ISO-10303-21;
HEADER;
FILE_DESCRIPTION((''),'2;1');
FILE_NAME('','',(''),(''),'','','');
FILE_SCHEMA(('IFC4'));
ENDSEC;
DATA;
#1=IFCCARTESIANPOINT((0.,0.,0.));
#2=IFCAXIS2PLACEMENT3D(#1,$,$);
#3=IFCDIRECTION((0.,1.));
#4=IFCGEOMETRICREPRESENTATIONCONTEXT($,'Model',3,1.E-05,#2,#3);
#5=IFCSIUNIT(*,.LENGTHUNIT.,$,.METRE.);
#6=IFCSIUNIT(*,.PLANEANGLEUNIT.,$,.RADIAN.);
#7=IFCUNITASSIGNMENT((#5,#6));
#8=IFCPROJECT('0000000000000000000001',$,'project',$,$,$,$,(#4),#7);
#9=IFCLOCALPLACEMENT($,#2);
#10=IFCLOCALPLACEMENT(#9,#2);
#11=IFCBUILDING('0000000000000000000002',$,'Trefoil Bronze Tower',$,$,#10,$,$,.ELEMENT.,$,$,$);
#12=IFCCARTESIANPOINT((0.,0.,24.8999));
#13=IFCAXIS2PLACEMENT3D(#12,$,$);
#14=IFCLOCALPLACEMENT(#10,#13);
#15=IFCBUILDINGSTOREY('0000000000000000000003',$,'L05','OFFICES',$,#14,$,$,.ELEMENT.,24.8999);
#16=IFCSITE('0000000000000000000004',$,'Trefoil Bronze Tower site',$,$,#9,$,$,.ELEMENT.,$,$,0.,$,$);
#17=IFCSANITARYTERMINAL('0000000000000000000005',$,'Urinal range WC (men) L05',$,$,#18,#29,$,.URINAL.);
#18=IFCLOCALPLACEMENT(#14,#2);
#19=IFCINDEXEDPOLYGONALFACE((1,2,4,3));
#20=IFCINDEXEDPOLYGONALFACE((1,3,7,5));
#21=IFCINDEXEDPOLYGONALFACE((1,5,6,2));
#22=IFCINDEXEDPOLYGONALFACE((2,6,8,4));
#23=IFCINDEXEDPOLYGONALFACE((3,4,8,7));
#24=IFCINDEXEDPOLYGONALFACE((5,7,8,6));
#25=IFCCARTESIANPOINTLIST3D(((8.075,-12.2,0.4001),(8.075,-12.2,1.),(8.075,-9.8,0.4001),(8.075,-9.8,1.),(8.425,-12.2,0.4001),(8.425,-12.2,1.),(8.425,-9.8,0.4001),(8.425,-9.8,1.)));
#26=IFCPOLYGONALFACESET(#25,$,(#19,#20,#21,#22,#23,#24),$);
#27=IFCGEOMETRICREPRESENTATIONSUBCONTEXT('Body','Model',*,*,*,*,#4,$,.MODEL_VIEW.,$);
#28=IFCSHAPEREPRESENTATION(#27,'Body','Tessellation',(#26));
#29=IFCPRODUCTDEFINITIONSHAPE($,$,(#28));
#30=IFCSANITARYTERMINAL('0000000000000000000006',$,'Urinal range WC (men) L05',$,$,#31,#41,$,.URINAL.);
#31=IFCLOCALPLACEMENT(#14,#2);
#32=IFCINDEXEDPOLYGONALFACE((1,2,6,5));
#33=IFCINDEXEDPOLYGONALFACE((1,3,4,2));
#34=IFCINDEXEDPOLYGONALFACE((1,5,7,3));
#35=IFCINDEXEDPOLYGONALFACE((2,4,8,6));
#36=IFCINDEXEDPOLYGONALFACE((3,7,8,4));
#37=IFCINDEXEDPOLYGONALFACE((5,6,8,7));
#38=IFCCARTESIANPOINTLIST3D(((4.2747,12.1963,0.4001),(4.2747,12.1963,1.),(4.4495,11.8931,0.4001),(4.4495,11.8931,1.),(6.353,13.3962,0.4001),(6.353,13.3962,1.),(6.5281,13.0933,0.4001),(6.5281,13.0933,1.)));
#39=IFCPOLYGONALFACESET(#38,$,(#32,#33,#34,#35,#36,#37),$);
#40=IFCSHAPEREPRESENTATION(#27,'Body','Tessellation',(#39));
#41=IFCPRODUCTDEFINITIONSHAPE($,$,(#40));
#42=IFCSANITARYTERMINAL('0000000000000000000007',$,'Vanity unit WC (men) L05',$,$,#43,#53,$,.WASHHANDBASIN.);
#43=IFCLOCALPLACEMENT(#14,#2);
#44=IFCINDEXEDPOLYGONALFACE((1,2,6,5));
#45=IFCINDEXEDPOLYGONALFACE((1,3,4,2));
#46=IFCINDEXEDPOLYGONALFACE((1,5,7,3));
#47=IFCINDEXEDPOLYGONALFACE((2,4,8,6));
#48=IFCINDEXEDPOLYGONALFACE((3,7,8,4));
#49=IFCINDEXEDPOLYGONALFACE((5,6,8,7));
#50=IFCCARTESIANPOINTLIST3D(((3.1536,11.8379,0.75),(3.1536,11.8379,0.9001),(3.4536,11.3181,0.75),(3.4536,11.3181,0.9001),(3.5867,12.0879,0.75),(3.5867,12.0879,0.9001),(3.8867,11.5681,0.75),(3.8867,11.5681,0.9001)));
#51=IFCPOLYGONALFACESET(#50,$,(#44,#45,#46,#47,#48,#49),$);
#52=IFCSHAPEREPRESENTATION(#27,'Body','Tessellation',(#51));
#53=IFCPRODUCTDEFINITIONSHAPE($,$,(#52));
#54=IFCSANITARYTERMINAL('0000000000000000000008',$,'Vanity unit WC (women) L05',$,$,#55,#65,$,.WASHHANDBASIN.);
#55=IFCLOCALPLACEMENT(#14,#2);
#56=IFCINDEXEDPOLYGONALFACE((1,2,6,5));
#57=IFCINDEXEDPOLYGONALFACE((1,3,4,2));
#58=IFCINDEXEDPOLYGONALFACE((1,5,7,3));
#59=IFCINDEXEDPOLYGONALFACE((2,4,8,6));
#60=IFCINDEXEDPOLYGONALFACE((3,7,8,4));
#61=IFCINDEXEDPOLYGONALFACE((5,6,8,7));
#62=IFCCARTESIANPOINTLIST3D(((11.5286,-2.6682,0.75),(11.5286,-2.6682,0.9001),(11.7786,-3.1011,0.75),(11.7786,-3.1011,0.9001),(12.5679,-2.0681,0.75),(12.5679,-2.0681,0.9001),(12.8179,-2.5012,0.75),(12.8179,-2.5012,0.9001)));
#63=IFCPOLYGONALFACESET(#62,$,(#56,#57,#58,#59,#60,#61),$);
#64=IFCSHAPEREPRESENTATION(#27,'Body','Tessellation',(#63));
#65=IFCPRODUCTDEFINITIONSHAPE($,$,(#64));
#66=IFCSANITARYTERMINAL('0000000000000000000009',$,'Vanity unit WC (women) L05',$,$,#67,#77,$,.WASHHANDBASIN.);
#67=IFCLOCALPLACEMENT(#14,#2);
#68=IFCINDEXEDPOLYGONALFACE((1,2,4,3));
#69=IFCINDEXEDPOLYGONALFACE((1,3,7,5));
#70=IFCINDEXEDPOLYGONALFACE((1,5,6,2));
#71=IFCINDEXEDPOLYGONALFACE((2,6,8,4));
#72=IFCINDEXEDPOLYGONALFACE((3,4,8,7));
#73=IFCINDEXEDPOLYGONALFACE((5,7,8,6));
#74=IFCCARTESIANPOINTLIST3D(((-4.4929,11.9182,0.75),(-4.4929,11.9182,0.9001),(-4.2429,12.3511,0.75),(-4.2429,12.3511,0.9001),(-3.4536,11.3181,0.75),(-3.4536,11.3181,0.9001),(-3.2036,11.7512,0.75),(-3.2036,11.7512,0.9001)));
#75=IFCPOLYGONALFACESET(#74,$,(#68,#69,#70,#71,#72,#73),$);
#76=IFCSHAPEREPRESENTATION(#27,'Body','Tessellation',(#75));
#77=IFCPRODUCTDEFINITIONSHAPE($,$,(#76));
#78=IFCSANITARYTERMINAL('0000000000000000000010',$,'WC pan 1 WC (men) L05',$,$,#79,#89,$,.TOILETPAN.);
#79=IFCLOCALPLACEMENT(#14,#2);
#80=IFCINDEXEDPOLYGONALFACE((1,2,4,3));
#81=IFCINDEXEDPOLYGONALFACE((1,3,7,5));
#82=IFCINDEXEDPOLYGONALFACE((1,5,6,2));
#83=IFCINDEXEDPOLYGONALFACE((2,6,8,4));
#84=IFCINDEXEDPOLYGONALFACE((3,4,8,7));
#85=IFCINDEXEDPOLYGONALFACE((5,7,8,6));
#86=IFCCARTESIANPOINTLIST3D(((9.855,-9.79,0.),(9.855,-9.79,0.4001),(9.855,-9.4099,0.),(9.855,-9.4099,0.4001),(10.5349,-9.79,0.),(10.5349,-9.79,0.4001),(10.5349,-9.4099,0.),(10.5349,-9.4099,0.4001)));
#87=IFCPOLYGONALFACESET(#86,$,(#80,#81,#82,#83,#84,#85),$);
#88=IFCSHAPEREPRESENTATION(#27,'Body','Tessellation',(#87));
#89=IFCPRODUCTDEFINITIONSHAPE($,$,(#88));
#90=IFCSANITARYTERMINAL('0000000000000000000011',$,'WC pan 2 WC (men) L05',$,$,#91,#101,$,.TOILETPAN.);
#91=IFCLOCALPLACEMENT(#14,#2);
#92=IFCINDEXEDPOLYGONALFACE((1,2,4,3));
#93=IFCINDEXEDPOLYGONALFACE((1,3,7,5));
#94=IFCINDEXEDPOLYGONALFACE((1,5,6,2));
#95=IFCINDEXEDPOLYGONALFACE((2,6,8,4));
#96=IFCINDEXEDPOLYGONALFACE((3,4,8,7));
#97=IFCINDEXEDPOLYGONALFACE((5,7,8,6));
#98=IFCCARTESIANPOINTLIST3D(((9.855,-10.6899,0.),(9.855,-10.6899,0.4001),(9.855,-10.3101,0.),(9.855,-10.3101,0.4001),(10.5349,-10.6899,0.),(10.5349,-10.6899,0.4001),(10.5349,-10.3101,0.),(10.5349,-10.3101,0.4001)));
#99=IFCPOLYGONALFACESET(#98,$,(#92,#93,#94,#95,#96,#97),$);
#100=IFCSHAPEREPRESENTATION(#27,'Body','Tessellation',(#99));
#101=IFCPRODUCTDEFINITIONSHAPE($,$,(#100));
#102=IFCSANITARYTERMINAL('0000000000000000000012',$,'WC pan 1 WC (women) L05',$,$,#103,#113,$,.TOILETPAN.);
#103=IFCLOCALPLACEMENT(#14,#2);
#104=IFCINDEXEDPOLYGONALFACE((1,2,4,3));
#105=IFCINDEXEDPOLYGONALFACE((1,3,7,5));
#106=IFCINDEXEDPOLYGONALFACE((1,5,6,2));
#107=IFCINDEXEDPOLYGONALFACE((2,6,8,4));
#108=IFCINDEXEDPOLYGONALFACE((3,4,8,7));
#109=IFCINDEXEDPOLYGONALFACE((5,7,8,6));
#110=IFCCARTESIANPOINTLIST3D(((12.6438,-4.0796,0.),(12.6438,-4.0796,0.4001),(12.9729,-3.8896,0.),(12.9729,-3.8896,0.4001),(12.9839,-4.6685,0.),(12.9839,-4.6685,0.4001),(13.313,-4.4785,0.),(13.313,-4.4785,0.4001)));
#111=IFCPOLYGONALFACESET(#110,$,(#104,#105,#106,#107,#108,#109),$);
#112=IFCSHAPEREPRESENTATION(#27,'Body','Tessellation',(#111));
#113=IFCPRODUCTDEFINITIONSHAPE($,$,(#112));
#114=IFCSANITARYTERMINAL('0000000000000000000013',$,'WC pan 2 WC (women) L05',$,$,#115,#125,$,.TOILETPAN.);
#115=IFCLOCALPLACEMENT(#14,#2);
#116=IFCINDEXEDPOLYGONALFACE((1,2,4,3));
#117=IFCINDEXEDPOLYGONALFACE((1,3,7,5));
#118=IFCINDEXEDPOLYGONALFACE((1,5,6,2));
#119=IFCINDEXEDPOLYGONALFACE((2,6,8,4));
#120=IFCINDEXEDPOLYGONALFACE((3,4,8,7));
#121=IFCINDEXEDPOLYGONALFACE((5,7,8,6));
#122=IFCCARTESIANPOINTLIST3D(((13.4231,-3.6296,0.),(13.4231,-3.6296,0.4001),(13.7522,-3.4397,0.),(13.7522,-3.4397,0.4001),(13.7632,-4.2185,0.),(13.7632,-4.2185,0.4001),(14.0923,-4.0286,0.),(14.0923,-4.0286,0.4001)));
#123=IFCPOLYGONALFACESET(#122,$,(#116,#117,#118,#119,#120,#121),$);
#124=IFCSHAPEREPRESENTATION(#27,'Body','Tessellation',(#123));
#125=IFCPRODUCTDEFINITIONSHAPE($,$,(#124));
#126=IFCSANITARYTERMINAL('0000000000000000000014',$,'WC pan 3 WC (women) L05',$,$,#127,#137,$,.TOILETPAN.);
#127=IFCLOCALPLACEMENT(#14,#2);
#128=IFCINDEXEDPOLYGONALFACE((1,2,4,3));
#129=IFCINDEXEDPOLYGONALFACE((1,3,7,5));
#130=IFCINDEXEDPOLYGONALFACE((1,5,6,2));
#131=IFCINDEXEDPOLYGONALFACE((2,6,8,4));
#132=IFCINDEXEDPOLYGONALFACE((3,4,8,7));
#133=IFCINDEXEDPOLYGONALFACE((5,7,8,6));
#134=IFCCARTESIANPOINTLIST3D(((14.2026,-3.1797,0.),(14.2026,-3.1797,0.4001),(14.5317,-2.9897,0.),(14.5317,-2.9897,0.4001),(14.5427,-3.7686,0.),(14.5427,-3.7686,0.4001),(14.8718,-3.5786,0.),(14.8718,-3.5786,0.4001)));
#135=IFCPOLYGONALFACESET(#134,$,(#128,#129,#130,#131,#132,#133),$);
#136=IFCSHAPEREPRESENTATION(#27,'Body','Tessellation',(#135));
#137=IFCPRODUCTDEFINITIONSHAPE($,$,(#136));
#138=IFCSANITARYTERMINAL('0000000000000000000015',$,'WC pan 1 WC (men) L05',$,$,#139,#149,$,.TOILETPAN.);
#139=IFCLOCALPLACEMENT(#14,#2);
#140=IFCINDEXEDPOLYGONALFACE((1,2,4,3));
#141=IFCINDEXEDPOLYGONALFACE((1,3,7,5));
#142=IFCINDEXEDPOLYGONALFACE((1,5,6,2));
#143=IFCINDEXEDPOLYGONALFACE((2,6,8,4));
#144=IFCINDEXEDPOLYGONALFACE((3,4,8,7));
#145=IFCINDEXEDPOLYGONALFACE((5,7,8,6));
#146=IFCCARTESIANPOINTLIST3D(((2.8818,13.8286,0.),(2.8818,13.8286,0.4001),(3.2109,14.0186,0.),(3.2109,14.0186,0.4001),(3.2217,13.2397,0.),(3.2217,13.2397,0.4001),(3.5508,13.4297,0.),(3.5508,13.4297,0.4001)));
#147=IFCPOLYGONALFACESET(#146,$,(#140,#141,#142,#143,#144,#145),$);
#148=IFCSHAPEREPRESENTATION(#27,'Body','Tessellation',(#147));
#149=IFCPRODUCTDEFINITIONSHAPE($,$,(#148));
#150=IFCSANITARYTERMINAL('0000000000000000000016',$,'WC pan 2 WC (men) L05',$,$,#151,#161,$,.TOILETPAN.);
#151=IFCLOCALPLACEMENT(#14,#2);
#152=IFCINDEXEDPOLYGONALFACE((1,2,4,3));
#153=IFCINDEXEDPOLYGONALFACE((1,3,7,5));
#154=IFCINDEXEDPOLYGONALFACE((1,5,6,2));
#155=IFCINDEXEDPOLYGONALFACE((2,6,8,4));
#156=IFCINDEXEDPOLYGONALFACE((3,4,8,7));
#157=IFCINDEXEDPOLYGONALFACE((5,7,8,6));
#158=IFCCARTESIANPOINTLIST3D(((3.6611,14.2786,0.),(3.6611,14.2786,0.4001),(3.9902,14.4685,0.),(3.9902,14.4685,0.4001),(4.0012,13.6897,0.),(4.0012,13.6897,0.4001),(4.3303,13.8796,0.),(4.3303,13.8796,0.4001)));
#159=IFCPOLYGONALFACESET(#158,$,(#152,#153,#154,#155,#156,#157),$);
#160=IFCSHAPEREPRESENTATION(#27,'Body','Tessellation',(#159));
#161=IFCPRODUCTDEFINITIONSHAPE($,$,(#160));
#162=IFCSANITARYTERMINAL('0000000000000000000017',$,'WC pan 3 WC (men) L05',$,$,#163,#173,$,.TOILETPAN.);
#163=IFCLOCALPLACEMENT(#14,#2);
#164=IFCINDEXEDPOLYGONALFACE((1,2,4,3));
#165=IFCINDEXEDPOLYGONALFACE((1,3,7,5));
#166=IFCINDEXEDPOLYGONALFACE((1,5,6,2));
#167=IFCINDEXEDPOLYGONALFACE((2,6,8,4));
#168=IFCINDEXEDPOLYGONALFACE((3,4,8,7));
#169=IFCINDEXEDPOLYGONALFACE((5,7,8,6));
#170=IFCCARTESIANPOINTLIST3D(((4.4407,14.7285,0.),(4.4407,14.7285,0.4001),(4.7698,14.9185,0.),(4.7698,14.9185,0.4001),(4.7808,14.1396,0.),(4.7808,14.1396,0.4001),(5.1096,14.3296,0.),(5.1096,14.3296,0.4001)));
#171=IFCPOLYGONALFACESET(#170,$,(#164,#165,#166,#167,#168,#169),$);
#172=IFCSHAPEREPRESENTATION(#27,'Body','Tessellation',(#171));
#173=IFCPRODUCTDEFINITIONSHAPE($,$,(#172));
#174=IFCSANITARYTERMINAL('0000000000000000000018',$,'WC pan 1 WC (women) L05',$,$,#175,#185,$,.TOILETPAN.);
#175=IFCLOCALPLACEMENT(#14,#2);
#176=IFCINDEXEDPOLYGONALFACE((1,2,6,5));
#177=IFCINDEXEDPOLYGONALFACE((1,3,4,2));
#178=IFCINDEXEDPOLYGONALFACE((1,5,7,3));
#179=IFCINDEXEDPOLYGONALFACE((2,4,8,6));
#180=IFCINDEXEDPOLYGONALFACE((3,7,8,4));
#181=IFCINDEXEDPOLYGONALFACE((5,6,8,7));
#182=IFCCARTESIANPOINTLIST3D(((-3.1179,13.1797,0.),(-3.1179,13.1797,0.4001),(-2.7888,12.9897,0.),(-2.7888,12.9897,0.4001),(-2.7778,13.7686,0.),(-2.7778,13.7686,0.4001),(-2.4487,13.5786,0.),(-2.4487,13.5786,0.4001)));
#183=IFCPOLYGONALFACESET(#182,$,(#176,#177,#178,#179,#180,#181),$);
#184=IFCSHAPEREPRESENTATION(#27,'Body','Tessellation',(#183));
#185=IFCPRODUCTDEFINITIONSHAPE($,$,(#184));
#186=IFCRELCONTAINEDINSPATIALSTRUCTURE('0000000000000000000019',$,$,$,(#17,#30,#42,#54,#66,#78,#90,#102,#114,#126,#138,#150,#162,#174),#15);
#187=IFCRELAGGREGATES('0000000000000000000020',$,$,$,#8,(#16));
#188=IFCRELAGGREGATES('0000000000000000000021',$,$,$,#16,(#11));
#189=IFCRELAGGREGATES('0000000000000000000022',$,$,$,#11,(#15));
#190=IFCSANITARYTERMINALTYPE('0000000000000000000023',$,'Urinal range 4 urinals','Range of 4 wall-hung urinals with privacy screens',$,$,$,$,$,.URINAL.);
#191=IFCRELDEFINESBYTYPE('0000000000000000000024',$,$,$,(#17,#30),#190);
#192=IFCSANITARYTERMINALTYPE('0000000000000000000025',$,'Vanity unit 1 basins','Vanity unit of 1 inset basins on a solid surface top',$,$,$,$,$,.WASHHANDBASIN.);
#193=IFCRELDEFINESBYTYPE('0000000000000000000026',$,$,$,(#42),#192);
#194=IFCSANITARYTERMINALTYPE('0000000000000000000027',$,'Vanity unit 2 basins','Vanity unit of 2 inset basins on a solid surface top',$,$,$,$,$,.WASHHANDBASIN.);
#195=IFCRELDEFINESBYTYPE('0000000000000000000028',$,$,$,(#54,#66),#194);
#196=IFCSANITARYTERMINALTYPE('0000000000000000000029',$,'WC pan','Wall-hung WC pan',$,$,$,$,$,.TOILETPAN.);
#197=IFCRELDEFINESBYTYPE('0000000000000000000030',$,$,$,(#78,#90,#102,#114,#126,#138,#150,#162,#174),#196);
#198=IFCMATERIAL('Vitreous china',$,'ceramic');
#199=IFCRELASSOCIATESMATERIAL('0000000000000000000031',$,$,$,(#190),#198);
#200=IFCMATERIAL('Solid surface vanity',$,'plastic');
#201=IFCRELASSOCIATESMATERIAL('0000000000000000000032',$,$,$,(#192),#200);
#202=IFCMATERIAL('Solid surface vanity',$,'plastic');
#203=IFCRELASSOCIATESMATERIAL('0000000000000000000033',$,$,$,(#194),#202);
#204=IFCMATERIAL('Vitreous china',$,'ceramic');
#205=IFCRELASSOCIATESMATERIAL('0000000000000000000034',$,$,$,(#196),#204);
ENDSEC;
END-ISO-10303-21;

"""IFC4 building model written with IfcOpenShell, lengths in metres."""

from ifc_helpers import new_model, si_unit, direction, frame, origin, place, context, subcontext, project, spatial, polyline, outline, extrude, material, type_object, element, save


model = new_model("IFC4")

# Units and contexts
model_context = context("Model", 3, precision=1e-05, world=origin(), true_north=direction((0.0, 1.0)))
body_context = subcontext(model_context, "Body", "Model", "MODEL_VIEW")
ifc_project = project(units=[si_unit("LENGTHUNIT", "METRE"), si_unit("PLANEANGLEUNIT", "RADIAN")], contexts=[model_context])

# Site, building, storey
site_placement = place(None, origin())
site = spatial("IfcSite", under=ifc_project, at=site_placement, Name="Trefoil Bronze Tower site", CompositionType="ELEMENT", RefElevation=0.0)
building_placement = place(site_placement, origin())
building = spatial("IfcBuilding", under=site, at=building_placement, Name="Trefoil Bronze Tower", CompositionType="ELEMENT")
storey_placement = place(building_placement, frame((0.0, 0.0, 24.8999)))
storey = spatial("IfcBuildingStorey", under=building, at=storey_placement, Name="L05", Description="OFFICES", CompositionType="ELEMENT", Elevation=24.8999)

# Sanitary terminals
ifc_material_1 = material(Name="Vitreous china", Category="ceramic")
sanitary_terminal_type_1 = type_object("IfcSanitaryTerminalType", Name="Urinal range 4 urinals", Description="Range of 4 wall-hung urinals with privacy screens", PredefinedType="URINAL", material=ifc_material_1)
sanitary_terminal_1_placement = place(storey_placement, frame((0.0, 0.0, 0.4001)))
element("IfcSanitaryTerminal", 1, at=sanitary_terminal_1_placement, inside=storey, type_object=sanitary_terminal_type_1, Name="Urinal range WC (men) L05", PredefinedType="URINAL", context=body_context, shape_type="SweptSolid", body=[
    extrude(outline(polyline([(8.075, -9.8), (8.425, -9.8), (8.425, -12.2), (8.075, -12.2), (8.075, -9.8)])), origin(), (0.0, 0.0, 1.0), 0.5999),
])
sanitary_terminal_2_placement = place(storey_placement, frame((0.0, 0.0, 0.4001)))
element("IfcSanitaryTerminal", 2, at=sanitary_terminal_2_placement, inside=storey, type_object=sanitary_terminal_type_1, Name="Urinal range WC (men) L05", PredefinedType="URINAL", context=body_context, shape_type="SweptSolid", body=[
    extrude(outline(polyline([(4.4495, 11.8931), (4.2747, 12.1963), (6.353, 13.3962), (6.5281, 13.0933), (4.4495, 11.8931)])), origin(), (0.0, 0.0, 1.0), 0.5999),
])
ifc_material_2 = material(Name="Solid surface vanity", Category="plastic")
sanitary_terminal_type_2 = type_object("IfcSanitaryTerminalType", Name="Vanity unit 1 basins", Description="Vanity unit of 1 inset basins on a solid surface top", PredefinedType="WASHHANDBASIN", material=ifc_material_2)
sanitary_terminal_3_placement = place(storey_placement, frame((0.0, 0.0, 0.75)))
element("IfcSanitaryTerminal", 3, at=sanitary_terminal_3_placement, inside=storey, type_object=sanitary_terminal_type_2, Name="Vanity unit WC (men) L05", PredefinedType="WASHHANDBASIN", context=body_context, shape_type="SweptSolid", body=[
    extrude(outline(polyline([(3.4536, 11.3181), (3.1536, 11.8379), (3.5867, 12.0879), (3.8867, 11.5681), (3.4536, 11.3181)])), origin(), (0.0, 0.0, 1.0), 0.1501),
])
ifc_material_3 = material(Name="Solid surface vanity", Category="plastic")
sanitary_terminal_type_3 = type_object("IfcSanitaryTerminalType", Name="Vanity unit 2 basins", Description="Vanity unit of 2 inset basins on a solid surface top", PredefinedType="WASHHANDBASIN", material=ifc_material_3)
sanitary_terminal_4_placement = place(storey_placement, frame((0.0, 0.0, 0.75)))
element("IfcSanitaryTerminal", 4, at=sanitary_terminal_4_placement, inside=storey, type_object=sanitary_terminal_type_3, Name="Vanity unit WC (women) L05", PredefinedType="WASHHANDBASIN", context=body_context, shape_type="SweptSolid", body=[
    extrude(outline(polyline([(11.5286, -2.6682), (11.7786, -3.1011), (12.8179, -2.5012), (12.5679, -2.0681), (11.5286, -2.6682)])), origin(), (0.0, 0.0, 1.0), 0.1501),
])
sanitary_terminal_5_placement = place(storey_placement, frame((0.0, 0.0, 0.75)))
element("IfcSanitaryTerminal", 5, at=sanitary_terminal_5_placement, inside=storey, type_object=sanitary_terminal_type_3, Name="Vanity unit WC (women) L05", PredefinedType="WASHHANDBASIN", context=body_context, shape_type="SweptSolid", body=[
    extrude(outline(polyline([(-3.4536, 11.3181), (-3.2036, 11.7512), (-4.2429, 12.3511), (-4.4929, 11.9182), (-3.4536, 11.3181)])), origin(), (0.0, 0.0, 1.0), 0.1501),
])
ifc_material_4 = material(Name="Vitreous china", Category="ceramic")
sanitary_terminal_type_4 = type_object("IfcSanitaryTerminalType", Name="WC pan", Description="Wall-hung WC pan", PredefinedType="TOILETPAN", material=ifc_material_4)
sanitary_terminal_6_placement = place(storey_placement, origin())
element("IfcSanitaryTerminal", 6, at=sanitary_terminal_6_placement, inside=storey, type_object=sanitary_terminal_type_4, Name="WC pan 1 WC (men) L05", PredefinedType="TOILETPAN", context=body_context, shape_type="SweptSolid", body=[
    extrude(outline(polyline([(9.855, -9.4099), (10.5349, -9.4099), (10.5349, -9.79), (9.855, -9.79), (9.855, -9.4099)])), origin(), (0.0, 0.0, 1.0), 0.4001),
])
sanitary_terminal_7_placement = place(storey_placement, origin())
element("IfcSanitaryTerminal", 7, at=sanitary_terminal_7_placement, inside=storey, type_object=sanitary_terminal_type_4, Name="WC pan 2 WC (men) L05", PredefinedType="TOILETPAN", context=body_context, shape_type="SweptSolid", body=[
    extrude(outline(polyline([(9.855, -10.3101), (10.5349, -10.3101), (10.5349, -10.6899), (9.855, -10.6899), (9.855, -10.3101)])), origin(), (0.0, 0.0, 1.0), 0.4001),
])
sanitary_terminal_8_placement = place(storey_placement, origin())
element("IfcSanitaryTerminal", 8, at=sanitary_terminal_8_placement, inside=storey, type_object=sanitary_terminal_type_4, Name="WC pan 1 WC (women) L05", PredefinedType="TOILETPAN", context=body_context, shape_type="SweptSolid", body=[
    extrude(outline(polyline([(12.6438, -4.0796), (12.9839, -4.6685), (13.313, -4.4785), (12.9729, -3.8896), (12.6438, -4.0796)])), origin(), (0.0, 0.0, 1.0), 0.4001),
])
sanitary_terminal_9_placement = place(storey_placement, origin())
element("IfcSanitaryTerminal", 9, at=sanitary_terminal_9_placement, inside=storey, type_object=sanitary_terminal_type_4, Name="WC pan 2 WC (women) L05", PredefinedType="TOILETPAN", context=body_context, shape_type="SweptSolid", body=[
    extrude(outline(polyline([(13.4231, -3.6296), (13.7632, -4.2185), (14.0923, -4.0286), (13.7522, -3.4397), (13.4231, -3.6296)])), origin(), (0.0, 0.0, 1.0), 0.4001),
])
sanitary_terminal_10_placement = place(storey_placement, origin())
element("IfcSanitaryTerminal", 10, at=sanitary_terminal_10_placement, inside=storey, type_object=sanitary_terminal_type_4, Name="WC pan 3 WC (women) L05", PredefinedType="TOILETPAN", context=body_context, shape_type="SweptSolid", body=[
    extrude(outline(polyline([(14.2026, -3.1797), (14.5427, -3.7686), (14.8718, -3.5786), (14.5317, -2.9897), (14.2026, -3.1797)])), origin(), (0.0, 0.0, 1.0), 0.4001),
])
sanitary_terminal_11_placement = place(storey_placement, origin())
element("IfcSanitaryTerminal", 11, at=sanitary_terminal_11_placement, inside=storey, type_object=sanitary_terminal_type_4, Name="WC pan 1 WC (men) L05", PredefinedType="TOILETPAN", context=body_context, shape_type="SweptSolid", body=[
    extrude(outline(polyline([(3.2217, 13.2397), (2.8818, 13.8286), (3.2109, 14.0186), (3.5508, 13.4297), (3.2217, 13.2397)])), origin(), (0.0, 0.0, 1.0), 0.4001),
])
sanitary_terminal_12_placement = place(storey_placement, origin())
element("IfcSanitaryTerminal", 12, at=sanitary_terminal_12_placement, inside=storey, type_object=sanitary_terminal_type_4, Name="WC pan 2 WC (men) L05", PredefinedType="TOILETPAN", context=body_context, shape_type="SweptSolid", body=[
    extrude(outline(polyline([(4.0012, 13.6897), (3.6611, 14.2786), (3.9902, 14.4685), (4.3303, 13.8796), (4.0012, 13.6897)])), origin(), (0.0, 0.0, 1.0), 0.4001),
])
sanitary_terminal_13_placement = place(storey_placement, origin())
element("IfcSanitaryTerminal", 13, at=sanitary_terminal_13_placement, inside=storey, type_object=sanitary_terminal_type_4, Name="WC pan 3 WC (men) L05", PredefinedType="TOILETPAN", context=body_context, shape_type="SweptSolid", body=[
    extrude(outline(polyline([(4.7808, 14.1396), (4.4407, 14.7285), (4.7698, 14.9185), (5.1096, 14.3296), (4.7808, 14.1396)])), origin(), (0.0, 0.0, 1.0), 0.4001),
])
sanitary_terminal_14_placement = place(storey_placement, origin())
element("IfcSanitaryTerminal", 14, at=sanitary_terminal_14_placement, inside=storey, type_object=sanitary_terminal_type_4, Name="WC pan 1 WC (women) L05", PredefinedType="TOILETPAN", context=body_context, shape_type="SweptSolid", body=[
    extrude(outline(polyline([(-2.7888, 12.9897), (-2.4487, 13.5786), (-2.7778, 13.7686), (-3.1179, 13.1797), (-2.7888, 12.9897)])), origin(), (0.0, 0.0, 1.0), 0.4001),
])

save(model, "model.ifc")
